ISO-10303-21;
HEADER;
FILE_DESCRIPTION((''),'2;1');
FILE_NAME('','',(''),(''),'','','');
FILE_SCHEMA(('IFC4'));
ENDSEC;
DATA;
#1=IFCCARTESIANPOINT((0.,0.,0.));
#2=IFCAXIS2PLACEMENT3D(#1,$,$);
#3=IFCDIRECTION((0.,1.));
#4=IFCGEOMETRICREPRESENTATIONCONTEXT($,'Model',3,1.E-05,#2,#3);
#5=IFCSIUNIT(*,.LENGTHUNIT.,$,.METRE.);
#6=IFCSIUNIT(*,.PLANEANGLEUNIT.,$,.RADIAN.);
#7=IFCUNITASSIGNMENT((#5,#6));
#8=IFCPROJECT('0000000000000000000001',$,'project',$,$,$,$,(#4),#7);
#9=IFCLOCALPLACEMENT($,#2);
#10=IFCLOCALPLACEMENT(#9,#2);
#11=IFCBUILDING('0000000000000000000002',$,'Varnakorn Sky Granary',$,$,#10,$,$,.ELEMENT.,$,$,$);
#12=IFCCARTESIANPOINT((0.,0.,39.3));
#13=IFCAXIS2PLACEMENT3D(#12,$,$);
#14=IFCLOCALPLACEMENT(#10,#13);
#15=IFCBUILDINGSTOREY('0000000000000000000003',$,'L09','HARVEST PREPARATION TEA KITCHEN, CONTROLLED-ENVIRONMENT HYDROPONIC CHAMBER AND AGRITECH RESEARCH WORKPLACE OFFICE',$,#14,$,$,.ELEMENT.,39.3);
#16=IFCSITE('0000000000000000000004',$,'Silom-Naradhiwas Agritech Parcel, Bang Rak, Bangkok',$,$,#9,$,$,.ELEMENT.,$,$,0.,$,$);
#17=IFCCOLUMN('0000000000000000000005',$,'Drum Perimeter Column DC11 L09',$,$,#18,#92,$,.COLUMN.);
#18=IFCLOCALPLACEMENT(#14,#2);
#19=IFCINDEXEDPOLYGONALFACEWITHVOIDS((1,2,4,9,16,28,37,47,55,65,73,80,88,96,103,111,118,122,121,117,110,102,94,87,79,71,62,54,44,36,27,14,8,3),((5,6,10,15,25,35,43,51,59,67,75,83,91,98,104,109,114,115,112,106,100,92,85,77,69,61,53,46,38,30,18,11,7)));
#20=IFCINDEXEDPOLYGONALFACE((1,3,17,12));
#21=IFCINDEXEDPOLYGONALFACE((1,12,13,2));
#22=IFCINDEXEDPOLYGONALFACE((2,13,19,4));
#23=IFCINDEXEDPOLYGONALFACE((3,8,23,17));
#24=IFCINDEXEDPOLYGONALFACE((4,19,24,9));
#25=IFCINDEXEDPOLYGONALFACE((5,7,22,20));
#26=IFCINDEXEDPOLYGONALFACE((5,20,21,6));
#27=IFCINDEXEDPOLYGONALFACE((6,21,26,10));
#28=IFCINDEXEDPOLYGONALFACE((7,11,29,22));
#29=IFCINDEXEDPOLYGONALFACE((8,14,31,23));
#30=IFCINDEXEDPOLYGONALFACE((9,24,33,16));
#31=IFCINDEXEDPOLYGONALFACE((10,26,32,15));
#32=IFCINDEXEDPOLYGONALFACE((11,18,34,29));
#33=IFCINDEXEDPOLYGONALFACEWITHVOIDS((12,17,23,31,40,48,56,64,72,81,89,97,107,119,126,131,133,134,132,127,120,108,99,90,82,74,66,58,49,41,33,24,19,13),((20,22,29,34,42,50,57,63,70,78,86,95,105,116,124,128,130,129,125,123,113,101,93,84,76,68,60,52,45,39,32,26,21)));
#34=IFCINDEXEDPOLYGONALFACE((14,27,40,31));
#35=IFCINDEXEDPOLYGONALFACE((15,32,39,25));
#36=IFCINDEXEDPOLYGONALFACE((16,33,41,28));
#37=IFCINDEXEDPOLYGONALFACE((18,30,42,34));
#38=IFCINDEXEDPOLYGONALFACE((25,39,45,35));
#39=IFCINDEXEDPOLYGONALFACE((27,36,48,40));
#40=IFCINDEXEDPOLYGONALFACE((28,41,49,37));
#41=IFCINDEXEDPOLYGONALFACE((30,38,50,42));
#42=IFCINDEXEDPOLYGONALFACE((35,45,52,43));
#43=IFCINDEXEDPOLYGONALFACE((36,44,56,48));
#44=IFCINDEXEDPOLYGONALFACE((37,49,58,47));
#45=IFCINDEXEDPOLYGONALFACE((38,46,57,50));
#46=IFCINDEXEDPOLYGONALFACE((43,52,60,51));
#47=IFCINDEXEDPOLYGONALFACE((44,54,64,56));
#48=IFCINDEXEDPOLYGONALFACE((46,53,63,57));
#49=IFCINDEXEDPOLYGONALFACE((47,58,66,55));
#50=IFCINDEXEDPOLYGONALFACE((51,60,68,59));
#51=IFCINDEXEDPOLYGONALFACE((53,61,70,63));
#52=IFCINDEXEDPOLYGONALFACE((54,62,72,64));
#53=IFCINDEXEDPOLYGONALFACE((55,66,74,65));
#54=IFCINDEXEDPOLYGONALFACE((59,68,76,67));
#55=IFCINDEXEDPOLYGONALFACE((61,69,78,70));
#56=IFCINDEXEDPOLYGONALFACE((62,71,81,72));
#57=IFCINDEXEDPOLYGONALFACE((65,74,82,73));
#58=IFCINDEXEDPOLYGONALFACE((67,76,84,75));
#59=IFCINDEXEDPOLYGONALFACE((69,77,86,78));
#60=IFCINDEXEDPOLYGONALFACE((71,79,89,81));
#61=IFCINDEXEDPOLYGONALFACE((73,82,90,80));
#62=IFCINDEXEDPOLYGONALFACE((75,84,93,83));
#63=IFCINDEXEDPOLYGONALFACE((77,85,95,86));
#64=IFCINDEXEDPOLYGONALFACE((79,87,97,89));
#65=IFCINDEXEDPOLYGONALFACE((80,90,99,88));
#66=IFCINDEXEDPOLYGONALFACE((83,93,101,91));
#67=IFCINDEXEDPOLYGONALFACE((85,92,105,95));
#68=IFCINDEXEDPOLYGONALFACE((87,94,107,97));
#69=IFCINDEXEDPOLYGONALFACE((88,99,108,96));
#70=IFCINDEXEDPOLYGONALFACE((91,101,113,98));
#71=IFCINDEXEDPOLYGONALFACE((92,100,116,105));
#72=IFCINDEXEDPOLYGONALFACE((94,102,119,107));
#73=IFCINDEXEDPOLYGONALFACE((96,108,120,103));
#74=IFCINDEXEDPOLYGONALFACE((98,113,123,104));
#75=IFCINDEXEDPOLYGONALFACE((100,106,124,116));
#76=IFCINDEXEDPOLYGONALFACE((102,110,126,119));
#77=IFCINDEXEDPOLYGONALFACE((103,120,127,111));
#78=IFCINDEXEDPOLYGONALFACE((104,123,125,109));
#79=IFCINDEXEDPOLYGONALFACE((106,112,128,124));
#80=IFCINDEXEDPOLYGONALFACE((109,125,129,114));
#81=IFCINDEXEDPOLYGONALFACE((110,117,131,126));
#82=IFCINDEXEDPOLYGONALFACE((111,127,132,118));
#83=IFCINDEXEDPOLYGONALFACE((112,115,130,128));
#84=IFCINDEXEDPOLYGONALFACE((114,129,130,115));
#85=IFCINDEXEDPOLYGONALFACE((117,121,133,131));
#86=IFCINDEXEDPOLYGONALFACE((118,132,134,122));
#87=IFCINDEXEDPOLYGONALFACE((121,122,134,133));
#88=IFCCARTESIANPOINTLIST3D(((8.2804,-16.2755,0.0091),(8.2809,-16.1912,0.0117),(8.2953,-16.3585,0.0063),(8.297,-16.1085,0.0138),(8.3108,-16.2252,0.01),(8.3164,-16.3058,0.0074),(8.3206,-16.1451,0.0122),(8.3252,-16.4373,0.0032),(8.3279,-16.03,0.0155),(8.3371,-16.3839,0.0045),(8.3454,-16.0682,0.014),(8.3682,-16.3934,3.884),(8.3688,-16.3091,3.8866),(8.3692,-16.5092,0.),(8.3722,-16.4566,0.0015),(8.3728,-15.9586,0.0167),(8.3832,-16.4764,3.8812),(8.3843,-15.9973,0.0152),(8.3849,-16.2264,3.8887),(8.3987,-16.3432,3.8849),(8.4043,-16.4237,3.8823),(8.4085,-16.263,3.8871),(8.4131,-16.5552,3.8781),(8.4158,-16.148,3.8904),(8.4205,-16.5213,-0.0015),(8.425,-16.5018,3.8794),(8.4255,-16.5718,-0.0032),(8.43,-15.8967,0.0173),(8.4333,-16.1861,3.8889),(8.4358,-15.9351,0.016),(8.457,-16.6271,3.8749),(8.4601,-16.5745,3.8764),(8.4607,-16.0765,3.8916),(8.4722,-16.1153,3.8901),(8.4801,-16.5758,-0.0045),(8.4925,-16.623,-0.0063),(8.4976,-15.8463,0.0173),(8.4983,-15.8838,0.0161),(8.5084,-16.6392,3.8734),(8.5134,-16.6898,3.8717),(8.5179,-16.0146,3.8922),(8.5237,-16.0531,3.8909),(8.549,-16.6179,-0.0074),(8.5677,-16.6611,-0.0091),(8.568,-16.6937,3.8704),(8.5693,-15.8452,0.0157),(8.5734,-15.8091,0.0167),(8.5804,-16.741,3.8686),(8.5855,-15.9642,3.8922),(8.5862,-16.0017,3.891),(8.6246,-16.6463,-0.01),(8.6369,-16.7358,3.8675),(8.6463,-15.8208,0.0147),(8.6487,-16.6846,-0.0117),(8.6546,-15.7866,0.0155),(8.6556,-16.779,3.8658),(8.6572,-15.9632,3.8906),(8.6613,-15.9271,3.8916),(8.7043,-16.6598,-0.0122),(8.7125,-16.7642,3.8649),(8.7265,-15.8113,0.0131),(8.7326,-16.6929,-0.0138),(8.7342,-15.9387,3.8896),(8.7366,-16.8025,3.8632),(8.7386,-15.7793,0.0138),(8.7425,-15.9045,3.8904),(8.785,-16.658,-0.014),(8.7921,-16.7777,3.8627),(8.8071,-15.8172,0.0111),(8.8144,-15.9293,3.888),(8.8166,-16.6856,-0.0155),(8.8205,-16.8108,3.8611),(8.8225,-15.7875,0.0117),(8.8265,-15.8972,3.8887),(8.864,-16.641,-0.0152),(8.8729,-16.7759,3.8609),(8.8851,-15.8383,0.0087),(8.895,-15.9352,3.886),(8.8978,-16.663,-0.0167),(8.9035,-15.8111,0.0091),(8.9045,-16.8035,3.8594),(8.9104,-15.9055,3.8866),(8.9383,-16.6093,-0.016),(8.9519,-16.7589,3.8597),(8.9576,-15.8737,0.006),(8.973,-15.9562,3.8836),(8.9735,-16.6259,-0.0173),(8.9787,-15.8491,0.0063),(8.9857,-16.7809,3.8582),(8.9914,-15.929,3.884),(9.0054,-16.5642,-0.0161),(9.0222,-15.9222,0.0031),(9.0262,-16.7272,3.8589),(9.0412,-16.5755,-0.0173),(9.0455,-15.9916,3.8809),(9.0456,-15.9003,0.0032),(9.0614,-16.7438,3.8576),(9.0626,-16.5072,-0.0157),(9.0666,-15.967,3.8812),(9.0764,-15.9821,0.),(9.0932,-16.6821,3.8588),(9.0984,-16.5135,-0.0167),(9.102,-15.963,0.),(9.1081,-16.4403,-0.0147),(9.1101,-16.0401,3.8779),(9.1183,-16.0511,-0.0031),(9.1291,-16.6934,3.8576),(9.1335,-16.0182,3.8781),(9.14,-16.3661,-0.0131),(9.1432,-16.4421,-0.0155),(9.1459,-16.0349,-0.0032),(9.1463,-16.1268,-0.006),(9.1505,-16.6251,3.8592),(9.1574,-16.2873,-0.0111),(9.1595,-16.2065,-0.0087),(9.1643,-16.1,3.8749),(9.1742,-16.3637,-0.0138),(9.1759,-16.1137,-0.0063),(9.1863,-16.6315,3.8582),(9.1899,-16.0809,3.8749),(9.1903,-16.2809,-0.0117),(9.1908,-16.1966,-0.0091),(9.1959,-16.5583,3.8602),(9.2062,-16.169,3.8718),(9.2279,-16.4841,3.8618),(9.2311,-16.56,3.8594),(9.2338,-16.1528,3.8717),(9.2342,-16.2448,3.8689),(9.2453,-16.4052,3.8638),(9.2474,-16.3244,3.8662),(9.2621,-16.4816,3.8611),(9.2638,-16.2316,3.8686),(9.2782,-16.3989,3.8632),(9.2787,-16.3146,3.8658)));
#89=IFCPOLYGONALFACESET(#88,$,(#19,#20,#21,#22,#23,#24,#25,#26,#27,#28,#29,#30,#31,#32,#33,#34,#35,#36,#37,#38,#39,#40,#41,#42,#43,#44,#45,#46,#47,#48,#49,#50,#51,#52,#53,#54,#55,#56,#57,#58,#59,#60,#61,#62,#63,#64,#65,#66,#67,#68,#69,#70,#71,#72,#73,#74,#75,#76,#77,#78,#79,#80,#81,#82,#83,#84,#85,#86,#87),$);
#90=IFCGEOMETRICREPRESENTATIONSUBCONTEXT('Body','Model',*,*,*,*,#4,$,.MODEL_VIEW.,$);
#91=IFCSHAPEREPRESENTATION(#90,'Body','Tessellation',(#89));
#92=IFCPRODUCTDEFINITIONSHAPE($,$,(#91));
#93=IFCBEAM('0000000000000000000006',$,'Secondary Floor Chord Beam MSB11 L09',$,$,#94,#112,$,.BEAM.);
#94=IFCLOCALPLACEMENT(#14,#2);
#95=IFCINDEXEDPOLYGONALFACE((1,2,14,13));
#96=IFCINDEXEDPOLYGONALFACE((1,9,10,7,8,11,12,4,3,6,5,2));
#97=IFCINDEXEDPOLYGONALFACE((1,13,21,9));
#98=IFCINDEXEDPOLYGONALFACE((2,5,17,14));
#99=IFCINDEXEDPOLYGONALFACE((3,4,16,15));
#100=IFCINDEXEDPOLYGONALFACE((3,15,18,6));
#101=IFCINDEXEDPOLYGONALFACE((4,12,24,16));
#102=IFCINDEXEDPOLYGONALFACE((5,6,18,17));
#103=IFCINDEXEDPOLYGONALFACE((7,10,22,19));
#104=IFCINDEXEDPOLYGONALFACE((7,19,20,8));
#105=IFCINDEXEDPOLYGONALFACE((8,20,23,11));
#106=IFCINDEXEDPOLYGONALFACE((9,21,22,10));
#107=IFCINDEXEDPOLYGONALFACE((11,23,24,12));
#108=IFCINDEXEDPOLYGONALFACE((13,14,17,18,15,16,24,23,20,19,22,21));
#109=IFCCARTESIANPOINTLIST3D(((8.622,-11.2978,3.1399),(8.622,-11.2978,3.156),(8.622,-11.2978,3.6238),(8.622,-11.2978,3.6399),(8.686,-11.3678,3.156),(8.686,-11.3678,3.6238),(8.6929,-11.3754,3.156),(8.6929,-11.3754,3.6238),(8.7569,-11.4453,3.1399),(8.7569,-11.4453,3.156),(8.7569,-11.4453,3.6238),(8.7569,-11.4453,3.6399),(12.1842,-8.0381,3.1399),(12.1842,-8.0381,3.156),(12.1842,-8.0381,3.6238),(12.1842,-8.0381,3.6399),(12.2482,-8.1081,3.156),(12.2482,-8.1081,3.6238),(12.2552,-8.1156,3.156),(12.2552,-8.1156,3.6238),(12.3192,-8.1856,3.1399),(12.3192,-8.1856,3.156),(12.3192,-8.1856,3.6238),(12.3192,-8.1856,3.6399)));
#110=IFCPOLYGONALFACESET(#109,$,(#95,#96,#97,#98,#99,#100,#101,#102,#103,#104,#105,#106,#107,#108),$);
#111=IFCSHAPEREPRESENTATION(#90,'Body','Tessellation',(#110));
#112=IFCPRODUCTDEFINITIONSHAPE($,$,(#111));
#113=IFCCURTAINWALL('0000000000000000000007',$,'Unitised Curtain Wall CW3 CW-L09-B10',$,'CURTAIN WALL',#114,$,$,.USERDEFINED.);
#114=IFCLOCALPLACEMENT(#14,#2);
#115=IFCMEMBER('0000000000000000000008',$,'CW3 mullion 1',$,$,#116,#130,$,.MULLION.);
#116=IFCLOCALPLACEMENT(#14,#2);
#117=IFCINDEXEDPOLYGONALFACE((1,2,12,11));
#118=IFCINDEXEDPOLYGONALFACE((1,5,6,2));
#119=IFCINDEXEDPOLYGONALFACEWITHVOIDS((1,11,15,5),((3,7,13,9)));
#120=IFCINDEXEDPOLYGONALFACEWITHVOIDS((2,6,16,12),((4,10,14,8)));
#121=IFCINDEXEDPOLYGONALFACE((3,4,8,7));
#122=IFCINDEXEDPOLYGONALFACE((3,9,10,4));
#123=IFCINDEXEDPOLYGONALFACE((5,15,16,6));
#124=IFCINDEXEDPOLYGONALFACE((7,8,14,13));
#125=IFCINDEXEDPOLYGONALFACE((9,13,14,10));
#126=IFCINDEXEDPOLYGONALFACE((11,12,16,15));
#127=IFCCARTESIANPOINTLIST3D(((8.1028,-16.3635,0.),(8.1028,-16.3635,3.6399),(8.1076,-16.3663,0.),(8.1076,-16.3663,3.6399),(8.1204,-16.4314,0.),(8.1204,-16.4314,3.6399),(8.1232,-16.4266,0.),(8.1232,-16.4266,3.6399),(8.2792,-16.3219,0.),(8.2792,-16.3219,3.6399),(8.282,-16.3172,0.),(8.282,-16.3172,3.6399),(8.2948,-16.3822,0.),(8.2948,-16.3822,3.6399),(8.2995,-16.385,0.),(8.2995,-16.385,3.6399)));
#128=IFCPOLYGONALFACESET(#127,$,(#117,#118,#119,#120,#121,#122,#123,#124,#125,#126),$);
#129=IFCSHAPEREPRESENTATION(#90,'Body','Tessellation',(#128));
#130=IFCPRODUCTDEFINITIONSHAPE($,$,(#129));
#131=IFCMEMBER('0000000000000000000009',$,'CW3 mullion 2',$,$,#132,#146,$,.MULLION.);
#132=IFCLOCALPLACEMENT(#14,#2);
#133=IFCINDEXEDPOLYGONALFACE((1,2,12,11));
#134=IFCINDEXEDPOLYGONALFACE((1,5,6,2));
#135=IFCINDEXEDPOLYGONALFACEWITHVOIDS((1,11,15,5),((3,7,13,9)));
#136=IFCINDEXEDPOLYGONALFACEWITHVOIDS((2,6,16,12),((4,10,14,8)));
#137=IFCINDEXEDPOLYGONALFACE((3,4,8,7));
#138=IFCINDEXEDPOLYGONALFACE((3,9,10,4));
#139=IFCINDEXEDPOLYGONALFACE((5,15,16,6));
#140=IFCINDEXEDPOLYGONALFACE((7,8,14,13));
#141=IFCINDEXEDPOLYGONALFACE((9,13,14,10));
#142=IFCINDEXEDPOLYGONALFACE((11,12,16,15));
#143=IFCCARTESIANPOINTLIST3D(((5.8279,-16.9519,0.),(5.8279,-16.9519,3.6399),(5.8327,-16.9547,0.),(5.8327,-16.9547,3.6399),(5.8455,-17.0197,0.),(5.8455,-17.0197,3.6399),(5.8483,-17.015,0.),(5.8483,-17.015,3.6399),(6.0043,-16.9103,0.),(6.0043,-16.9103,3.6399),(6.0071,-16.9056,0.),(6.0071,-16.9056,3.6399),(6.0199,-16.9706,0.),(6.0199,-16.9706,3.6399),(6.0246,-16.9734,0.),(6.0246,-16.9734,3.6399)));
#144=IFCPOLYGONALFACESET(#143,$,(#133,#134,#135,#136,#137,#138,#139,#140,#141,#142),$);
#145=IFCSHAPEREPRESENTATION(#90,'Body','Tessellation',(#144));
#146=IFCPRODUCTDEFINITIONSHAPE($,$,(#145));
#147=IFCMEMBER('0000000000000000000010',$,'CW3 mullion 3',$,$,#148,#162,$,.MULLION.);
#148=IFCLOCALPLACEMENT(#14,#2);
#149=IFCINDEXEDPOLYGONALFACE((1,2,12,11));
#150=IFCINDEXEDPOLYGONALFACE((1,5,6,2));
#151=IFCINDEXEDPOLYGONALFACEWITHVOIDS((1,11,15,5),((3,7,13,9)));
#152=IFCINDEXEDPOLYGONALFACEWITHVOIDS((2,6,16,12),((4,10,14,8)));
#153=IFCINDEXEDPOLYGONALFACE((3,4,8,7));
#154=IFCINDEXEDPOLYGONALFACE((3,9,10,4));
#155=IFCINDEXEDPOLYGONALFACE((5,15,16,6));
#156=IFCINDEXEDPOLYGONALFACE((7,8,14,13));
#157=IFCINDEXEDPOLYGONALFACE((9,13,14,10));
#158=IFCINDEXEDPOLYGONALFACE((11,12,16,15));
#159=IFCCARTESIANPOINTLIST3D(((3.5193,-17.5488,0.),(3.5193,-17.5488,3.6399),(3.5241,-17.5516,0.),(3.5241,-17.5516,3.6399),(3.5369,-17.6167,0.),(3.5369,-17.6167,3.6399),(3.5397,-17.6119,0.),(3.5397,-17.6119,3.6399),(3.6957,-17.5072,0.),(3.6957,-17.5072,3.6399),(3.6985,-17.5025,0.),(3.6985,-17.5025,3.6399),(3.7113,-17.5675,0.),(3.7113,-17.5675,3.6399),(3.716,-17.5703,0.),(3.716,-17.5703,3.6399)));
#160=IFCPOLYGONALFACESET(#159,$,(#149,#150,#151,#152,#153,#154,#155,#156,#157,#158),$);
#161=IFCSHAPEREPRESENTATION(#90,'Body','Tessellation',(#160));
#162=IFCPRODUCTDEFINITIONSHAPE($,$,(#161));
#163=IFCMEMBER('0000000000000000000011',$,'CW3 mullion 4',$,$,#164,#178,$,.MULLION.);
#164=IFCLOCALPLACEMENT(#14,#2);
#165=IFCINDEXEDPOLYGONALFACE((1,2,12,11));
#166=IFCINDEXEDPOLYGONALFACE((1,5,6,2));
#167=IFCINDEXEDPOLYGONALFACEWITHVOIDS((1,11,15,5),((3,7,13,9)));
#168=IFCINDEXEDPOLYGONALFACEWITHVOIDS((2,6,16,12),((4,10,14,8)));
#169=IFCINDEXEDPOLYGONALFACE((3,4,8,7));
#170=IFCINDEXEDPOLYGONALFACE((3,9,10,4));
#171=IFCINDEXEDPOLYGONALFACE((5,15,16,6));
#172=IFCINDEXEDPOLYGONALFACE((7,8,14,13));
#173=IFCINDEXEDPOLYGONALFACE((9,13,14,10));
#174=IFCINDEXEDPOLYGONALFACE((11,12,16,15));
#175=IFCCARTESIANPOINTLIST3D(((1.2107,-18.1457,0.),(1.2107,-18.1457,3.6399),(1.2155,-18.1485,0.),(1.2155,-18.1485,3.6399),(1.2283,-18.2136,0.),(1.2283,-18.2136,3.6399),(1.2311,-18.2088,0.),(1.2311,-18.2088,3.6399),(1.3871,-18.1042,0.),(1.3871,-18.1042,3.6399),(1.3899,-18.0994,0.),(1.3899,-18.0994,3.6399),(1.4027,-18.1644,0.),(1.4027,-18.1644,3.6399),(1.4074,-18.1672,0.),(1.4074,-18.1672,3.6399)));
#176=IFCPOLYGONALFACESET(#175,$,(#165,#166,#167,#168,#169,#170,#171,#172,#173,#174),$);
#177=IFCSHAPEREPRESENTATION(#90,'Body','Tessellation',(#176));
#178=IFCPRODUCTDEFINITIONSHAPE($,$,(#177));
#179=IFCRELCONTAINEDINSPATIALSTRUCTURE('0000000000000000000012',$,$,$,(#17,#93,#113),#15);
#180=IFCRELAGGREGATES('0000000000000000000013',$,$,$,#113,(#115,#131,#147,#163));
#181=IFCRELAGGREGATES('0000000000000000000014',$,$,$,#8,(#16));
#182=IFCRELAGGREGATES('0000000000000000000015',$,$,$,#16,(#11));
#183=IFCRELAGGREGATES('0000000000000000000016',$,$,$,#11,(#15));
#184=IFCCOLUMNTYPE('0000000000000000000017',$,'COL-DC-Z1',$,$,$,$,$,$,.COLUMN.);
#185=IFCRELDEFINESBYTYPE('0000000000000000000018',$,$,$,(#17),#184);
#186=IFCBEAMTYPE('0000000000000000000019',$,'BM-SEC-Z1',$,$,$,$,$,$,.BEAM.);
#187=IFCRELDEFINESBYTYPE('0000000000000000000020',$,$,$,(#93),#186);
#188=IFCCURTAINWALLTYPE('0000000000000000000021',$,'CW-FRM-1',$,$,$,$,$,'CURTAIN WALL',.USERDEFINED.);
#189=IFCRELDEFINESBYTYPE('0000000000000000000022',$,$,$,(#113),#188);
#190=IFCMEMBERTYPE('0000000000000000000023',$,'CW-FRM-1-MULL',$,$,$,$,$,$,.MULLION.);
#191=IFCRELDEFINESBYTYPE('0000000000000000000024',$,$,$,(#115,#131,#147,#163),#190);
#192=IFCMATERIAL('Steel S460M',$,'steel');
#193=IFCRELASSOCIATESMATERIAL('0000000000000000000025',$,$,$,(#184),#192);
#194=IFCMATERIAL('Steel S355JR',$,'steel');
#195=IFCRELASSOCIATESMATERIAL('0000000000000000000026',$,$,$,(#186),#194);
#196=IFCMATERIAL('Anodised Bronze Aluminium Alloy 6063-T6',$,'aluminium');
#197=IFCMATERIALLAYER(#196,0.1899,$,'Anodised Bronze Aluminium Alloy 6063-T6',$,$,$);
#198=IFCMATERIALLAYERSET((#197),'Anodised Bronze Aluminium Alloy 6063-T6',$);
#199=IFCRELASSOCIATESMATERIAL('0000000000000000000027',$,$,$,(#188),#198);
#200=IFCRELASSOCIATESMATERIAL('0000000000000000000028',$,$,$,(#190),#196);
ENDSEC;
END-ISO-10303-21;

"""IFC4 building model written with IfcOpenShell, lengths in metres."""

from ifc_helpers import new_model, si_unit, direction, frame, origin, origin_2d, place, context, subcontext, project, spatial, hollow_rectangle, hollow_circle, i_section, extrude, material, layer, layer_set, material_profile, profile_set, type_object, element, aggregate, save


model = new_model("IFC4")

# Units and contexts
model_context = context("Model", 3, precision=1e-05, world=origin(), true_north=direction((0.0, 1.0)))
body_context = subcontext(model_context, "Body", "Model", "MODEL_VIEW")
ifc_project = project(units=[si_unit("LENGTHUNIT", "METRE"), si_unit("PLANEANGLEUNIT", "RADIAN")], contexts=[model_context])

# Site, building, storey
site_placement = place(None, origin())
site = spatial("IfcSite", under=ifc_project, at=site_placement, Name="Silom-Naradhiwas Agritech Parcel, Bang Rak, Bangkok", CompositionType="ELEMENT", RefElevation=0.0)
building_placement = place(site_placement, origin())
building = spatial("IfcBuilding", under=site, at=building_placement, Name="Varnakorn Sky Granary", CompositionType="ELEMENT")
storey_placement = place(building_placement, frame((0.0, 0.0, 39.3)))
storey = spatial("IfcBuildingStorey", under=building, at=storey_placement, Name="L09", Description="HARVEST PREPARATION TEA KITCHEN, CONTROLLED-ENVIRONMENT HYDROPONIC CHAMBER AND AGRITECH RESEARCH WORKPLACE OFFICE", CompositionType="ELEMENT", Elevation=39.3)

# Column
ifc_material_1 = material(Name="Steel S460M", Category="steel")
ifc_material_profile_1 = material_profile(ifc_material_1, hollow_circle(Radius=0.457, WallThickness=0.032, at=origin_2d()), Name="CHS 914x32")
ifc_profile_set_1 = profile_set([ifc_material_profile_1], Name="Steel S460M")
column_type = type_object("IfcColumnType", Name="COL-DC-Z1", PredefinedType="COLUMN", material=ifc_profile_set_1)
column_placement = place(storey_placement, frame((8.7356, -16.2361, 0.0), z_axis=(0.022665, -0.030409, 0.999281), x_axis=(0.801789, 0.597607, 0.0)))
element("IfcColumn", 1, at=column_placement, inside=storey, type_object=column_type, Name="Drum Perimeter Column DC11 L09", PredefinedType="COLUMN", context=body_context, shape_type="SweptSolid", body=[
    extrude(hollow_circle(Radius=0.457, WallThickness=0.032, at=origin_2d()), origin(), (0.0, 0.0, 1.0), 3.8777),
])

# Beam
ifc_material_2 = material(Name="Steel S355JR", Category="steel")
ifc_material_profile_2 = material_profile(ifc_material_2, i_section(OverallWidth=0.2, OverallDepth=0.5, WebThickness=0.0103, FlangeThickness=0.0161, at=origin_2d()), Name="IPE 500")
ifc_profile_set_2 = profile_set([ifc_material_profile_2], Name="Steel S355JR")
beam_type = type_object("IfcBeamType", Name="BM-SEC-Z1", PredefinedType="BEAM", material=ifc_profile_set_2)
beam_placement = place(storey_placement, frame((8.6895, -11.3716, 3.3899), z_axis=(0.737735, 0.67509, 0.0), x_axis=(-0.67509, 0.737735, 0.0)))
element("IfcBeam", 2, at=beam_placement, inside=storey, type_object=beam_type, Name="Secondary Floor Chord Beam MSB11 L09", PredefinedType="BEAM", context=body_context, shape_type="SweptSolid", body=[
    extrude(i_section(OverallWidth=0.2, OverallDepth=0.5, WebThickness=0.0103, FlangeThickness=0.0161, at=origin_2d()), origin(), (0.0, 0.0, 1.0), 4.8286),
])

# Curtain wall, members
ifc_material_3 = material(Name="Anodised Bronze Aluminium Alloy 6063-T6", Category="aluminium")
ifc_layer_1 = layer(ifc_material_3, 0.1899, Name="Anodised Bronze Aluminium Alloy 6063-T6")
ifc_layer_set_1 = layer_set([ifc_layer_1], Name="Anodised Bronze Aluminium Alloy 6063-T6")
curtain_wall_type = type_object("IfcCurtainWallType", Name="CW-FRM-1", ElementType="CURTAIN WALL", PredefinedType="USERDEFINED", material=ifc_layer_set_1)
curtain_wall_placement = place(storey_placement, origin())
curtain_wall = element("IfcCurtainWall", 3, at=curtain_wall_placement, inside=storey, type_object=curtain_wall_type, Name="Unitised Curtain Wall CW3 CW-L09-B10", ObjectType="CURTAIN WALL", PredefinedType="USERDEFINED")
ifc_material_profile_3 = material_profile(ifc_material_3, hollow_rectangle(XDim=0.0701, YDim=0.1851, WallThickness=0.0039, at=origin_2d()), Name="ALU MULL 70x185")
ifc_profile_set_3 = profile_set([ifc_material_profile_3], Name="Anodised Bronze Aluminium Alloy 6063-T6")
member_type_1 = type_object("IfcMemberType", Name="CW-FRM-1-MULL", PredefinedType="MULLION", material=ifc_profile_set_3)
member_1_placement = place(storey_placement, frame((8.2012, -16.3743, 0.0), z_axis=(0.0, 0.0, 1.0), x_axis=(0.25036, -0.968153, 0.0)))
member_1 = element("IfcMember", 4, at=member_1_placement, type_object=member_type_1, Name="CW3 mullion 1", PredefinedType="MULLION", context=body_context, shape_type="SweptSolid", body=[
    extrude(hollow_rectangle(XDim=0.0701, YDim=0.1851, WallThickness=0.0039, at=origin_2d()), origin(), (0.0, 0.0, 1.0), 3.6399),
])
member_2_placement = place(storey_placement, frame((5.9263, -16.9626, 0.0), z_axis=(0.0, 0.0, 1.0), x_axis=(0.25036, -0.968153, 0.0)))
member_2 = element("IfcMember", 5, at=member_2_placement, type_object=member_type_1, Name="CW3 mullion 2", PredefinedType="MULLION", context=body_context, shape_type="SweptSolid", body=[
    extrude(hollow_rectangle(XDim=0.0701, YDim=0.1851, WallThickness=0.0039, at=origin_2d()), origin(), (0.0, 0.0, 1.0), 3.6399),
])
member_3_placement = place(storey_placement, frame((3.6177, -17.5596, 0.0), z_axis=(0.0, 0.0, 1.0), x_axis=(0.25036, -0.968153, 0.0)))
member_3 = element("IfcMember", 6, at=member_3_placement, type_object=member_type_1, Name="CW3 mullion 3", PredefinedType="MULLION", context=body_context, shape_type="SweptSolid", body=[
    extrude(hollow_rectangle(XDim=0.0701, YDim=0.1851, WallThickness=0.0039, at=origin_2d()), origin(), (0.0, 0.0, 1.0), 3.6399),
])
member_4_placement = place(storey_placement, frame((1.3091, -18.1565, 0.0), z_axis=(0.0, 0.0, 1.0), x_axis=(0.25036, -0.968153, 0.0)))
member_4 = element("IfcMember", 7, at=member_4_placement, type_object=member_type_1, Name="CW3 mullion 4", PredefinedType="MULLION", context=body_context, shape_type="SweptSolid", body=[
    extrude(hollow_rectangle(XDim=0.0701, YDim=0.1851, WallThickness=0.0039, at=origin_2d()), origin(), (0.0, 0.0, 1.0), 3.6399),
])

aggregate(curtain_wall, [member_1, member_2, member_3, member_4])

save(model, "model.ifc")
